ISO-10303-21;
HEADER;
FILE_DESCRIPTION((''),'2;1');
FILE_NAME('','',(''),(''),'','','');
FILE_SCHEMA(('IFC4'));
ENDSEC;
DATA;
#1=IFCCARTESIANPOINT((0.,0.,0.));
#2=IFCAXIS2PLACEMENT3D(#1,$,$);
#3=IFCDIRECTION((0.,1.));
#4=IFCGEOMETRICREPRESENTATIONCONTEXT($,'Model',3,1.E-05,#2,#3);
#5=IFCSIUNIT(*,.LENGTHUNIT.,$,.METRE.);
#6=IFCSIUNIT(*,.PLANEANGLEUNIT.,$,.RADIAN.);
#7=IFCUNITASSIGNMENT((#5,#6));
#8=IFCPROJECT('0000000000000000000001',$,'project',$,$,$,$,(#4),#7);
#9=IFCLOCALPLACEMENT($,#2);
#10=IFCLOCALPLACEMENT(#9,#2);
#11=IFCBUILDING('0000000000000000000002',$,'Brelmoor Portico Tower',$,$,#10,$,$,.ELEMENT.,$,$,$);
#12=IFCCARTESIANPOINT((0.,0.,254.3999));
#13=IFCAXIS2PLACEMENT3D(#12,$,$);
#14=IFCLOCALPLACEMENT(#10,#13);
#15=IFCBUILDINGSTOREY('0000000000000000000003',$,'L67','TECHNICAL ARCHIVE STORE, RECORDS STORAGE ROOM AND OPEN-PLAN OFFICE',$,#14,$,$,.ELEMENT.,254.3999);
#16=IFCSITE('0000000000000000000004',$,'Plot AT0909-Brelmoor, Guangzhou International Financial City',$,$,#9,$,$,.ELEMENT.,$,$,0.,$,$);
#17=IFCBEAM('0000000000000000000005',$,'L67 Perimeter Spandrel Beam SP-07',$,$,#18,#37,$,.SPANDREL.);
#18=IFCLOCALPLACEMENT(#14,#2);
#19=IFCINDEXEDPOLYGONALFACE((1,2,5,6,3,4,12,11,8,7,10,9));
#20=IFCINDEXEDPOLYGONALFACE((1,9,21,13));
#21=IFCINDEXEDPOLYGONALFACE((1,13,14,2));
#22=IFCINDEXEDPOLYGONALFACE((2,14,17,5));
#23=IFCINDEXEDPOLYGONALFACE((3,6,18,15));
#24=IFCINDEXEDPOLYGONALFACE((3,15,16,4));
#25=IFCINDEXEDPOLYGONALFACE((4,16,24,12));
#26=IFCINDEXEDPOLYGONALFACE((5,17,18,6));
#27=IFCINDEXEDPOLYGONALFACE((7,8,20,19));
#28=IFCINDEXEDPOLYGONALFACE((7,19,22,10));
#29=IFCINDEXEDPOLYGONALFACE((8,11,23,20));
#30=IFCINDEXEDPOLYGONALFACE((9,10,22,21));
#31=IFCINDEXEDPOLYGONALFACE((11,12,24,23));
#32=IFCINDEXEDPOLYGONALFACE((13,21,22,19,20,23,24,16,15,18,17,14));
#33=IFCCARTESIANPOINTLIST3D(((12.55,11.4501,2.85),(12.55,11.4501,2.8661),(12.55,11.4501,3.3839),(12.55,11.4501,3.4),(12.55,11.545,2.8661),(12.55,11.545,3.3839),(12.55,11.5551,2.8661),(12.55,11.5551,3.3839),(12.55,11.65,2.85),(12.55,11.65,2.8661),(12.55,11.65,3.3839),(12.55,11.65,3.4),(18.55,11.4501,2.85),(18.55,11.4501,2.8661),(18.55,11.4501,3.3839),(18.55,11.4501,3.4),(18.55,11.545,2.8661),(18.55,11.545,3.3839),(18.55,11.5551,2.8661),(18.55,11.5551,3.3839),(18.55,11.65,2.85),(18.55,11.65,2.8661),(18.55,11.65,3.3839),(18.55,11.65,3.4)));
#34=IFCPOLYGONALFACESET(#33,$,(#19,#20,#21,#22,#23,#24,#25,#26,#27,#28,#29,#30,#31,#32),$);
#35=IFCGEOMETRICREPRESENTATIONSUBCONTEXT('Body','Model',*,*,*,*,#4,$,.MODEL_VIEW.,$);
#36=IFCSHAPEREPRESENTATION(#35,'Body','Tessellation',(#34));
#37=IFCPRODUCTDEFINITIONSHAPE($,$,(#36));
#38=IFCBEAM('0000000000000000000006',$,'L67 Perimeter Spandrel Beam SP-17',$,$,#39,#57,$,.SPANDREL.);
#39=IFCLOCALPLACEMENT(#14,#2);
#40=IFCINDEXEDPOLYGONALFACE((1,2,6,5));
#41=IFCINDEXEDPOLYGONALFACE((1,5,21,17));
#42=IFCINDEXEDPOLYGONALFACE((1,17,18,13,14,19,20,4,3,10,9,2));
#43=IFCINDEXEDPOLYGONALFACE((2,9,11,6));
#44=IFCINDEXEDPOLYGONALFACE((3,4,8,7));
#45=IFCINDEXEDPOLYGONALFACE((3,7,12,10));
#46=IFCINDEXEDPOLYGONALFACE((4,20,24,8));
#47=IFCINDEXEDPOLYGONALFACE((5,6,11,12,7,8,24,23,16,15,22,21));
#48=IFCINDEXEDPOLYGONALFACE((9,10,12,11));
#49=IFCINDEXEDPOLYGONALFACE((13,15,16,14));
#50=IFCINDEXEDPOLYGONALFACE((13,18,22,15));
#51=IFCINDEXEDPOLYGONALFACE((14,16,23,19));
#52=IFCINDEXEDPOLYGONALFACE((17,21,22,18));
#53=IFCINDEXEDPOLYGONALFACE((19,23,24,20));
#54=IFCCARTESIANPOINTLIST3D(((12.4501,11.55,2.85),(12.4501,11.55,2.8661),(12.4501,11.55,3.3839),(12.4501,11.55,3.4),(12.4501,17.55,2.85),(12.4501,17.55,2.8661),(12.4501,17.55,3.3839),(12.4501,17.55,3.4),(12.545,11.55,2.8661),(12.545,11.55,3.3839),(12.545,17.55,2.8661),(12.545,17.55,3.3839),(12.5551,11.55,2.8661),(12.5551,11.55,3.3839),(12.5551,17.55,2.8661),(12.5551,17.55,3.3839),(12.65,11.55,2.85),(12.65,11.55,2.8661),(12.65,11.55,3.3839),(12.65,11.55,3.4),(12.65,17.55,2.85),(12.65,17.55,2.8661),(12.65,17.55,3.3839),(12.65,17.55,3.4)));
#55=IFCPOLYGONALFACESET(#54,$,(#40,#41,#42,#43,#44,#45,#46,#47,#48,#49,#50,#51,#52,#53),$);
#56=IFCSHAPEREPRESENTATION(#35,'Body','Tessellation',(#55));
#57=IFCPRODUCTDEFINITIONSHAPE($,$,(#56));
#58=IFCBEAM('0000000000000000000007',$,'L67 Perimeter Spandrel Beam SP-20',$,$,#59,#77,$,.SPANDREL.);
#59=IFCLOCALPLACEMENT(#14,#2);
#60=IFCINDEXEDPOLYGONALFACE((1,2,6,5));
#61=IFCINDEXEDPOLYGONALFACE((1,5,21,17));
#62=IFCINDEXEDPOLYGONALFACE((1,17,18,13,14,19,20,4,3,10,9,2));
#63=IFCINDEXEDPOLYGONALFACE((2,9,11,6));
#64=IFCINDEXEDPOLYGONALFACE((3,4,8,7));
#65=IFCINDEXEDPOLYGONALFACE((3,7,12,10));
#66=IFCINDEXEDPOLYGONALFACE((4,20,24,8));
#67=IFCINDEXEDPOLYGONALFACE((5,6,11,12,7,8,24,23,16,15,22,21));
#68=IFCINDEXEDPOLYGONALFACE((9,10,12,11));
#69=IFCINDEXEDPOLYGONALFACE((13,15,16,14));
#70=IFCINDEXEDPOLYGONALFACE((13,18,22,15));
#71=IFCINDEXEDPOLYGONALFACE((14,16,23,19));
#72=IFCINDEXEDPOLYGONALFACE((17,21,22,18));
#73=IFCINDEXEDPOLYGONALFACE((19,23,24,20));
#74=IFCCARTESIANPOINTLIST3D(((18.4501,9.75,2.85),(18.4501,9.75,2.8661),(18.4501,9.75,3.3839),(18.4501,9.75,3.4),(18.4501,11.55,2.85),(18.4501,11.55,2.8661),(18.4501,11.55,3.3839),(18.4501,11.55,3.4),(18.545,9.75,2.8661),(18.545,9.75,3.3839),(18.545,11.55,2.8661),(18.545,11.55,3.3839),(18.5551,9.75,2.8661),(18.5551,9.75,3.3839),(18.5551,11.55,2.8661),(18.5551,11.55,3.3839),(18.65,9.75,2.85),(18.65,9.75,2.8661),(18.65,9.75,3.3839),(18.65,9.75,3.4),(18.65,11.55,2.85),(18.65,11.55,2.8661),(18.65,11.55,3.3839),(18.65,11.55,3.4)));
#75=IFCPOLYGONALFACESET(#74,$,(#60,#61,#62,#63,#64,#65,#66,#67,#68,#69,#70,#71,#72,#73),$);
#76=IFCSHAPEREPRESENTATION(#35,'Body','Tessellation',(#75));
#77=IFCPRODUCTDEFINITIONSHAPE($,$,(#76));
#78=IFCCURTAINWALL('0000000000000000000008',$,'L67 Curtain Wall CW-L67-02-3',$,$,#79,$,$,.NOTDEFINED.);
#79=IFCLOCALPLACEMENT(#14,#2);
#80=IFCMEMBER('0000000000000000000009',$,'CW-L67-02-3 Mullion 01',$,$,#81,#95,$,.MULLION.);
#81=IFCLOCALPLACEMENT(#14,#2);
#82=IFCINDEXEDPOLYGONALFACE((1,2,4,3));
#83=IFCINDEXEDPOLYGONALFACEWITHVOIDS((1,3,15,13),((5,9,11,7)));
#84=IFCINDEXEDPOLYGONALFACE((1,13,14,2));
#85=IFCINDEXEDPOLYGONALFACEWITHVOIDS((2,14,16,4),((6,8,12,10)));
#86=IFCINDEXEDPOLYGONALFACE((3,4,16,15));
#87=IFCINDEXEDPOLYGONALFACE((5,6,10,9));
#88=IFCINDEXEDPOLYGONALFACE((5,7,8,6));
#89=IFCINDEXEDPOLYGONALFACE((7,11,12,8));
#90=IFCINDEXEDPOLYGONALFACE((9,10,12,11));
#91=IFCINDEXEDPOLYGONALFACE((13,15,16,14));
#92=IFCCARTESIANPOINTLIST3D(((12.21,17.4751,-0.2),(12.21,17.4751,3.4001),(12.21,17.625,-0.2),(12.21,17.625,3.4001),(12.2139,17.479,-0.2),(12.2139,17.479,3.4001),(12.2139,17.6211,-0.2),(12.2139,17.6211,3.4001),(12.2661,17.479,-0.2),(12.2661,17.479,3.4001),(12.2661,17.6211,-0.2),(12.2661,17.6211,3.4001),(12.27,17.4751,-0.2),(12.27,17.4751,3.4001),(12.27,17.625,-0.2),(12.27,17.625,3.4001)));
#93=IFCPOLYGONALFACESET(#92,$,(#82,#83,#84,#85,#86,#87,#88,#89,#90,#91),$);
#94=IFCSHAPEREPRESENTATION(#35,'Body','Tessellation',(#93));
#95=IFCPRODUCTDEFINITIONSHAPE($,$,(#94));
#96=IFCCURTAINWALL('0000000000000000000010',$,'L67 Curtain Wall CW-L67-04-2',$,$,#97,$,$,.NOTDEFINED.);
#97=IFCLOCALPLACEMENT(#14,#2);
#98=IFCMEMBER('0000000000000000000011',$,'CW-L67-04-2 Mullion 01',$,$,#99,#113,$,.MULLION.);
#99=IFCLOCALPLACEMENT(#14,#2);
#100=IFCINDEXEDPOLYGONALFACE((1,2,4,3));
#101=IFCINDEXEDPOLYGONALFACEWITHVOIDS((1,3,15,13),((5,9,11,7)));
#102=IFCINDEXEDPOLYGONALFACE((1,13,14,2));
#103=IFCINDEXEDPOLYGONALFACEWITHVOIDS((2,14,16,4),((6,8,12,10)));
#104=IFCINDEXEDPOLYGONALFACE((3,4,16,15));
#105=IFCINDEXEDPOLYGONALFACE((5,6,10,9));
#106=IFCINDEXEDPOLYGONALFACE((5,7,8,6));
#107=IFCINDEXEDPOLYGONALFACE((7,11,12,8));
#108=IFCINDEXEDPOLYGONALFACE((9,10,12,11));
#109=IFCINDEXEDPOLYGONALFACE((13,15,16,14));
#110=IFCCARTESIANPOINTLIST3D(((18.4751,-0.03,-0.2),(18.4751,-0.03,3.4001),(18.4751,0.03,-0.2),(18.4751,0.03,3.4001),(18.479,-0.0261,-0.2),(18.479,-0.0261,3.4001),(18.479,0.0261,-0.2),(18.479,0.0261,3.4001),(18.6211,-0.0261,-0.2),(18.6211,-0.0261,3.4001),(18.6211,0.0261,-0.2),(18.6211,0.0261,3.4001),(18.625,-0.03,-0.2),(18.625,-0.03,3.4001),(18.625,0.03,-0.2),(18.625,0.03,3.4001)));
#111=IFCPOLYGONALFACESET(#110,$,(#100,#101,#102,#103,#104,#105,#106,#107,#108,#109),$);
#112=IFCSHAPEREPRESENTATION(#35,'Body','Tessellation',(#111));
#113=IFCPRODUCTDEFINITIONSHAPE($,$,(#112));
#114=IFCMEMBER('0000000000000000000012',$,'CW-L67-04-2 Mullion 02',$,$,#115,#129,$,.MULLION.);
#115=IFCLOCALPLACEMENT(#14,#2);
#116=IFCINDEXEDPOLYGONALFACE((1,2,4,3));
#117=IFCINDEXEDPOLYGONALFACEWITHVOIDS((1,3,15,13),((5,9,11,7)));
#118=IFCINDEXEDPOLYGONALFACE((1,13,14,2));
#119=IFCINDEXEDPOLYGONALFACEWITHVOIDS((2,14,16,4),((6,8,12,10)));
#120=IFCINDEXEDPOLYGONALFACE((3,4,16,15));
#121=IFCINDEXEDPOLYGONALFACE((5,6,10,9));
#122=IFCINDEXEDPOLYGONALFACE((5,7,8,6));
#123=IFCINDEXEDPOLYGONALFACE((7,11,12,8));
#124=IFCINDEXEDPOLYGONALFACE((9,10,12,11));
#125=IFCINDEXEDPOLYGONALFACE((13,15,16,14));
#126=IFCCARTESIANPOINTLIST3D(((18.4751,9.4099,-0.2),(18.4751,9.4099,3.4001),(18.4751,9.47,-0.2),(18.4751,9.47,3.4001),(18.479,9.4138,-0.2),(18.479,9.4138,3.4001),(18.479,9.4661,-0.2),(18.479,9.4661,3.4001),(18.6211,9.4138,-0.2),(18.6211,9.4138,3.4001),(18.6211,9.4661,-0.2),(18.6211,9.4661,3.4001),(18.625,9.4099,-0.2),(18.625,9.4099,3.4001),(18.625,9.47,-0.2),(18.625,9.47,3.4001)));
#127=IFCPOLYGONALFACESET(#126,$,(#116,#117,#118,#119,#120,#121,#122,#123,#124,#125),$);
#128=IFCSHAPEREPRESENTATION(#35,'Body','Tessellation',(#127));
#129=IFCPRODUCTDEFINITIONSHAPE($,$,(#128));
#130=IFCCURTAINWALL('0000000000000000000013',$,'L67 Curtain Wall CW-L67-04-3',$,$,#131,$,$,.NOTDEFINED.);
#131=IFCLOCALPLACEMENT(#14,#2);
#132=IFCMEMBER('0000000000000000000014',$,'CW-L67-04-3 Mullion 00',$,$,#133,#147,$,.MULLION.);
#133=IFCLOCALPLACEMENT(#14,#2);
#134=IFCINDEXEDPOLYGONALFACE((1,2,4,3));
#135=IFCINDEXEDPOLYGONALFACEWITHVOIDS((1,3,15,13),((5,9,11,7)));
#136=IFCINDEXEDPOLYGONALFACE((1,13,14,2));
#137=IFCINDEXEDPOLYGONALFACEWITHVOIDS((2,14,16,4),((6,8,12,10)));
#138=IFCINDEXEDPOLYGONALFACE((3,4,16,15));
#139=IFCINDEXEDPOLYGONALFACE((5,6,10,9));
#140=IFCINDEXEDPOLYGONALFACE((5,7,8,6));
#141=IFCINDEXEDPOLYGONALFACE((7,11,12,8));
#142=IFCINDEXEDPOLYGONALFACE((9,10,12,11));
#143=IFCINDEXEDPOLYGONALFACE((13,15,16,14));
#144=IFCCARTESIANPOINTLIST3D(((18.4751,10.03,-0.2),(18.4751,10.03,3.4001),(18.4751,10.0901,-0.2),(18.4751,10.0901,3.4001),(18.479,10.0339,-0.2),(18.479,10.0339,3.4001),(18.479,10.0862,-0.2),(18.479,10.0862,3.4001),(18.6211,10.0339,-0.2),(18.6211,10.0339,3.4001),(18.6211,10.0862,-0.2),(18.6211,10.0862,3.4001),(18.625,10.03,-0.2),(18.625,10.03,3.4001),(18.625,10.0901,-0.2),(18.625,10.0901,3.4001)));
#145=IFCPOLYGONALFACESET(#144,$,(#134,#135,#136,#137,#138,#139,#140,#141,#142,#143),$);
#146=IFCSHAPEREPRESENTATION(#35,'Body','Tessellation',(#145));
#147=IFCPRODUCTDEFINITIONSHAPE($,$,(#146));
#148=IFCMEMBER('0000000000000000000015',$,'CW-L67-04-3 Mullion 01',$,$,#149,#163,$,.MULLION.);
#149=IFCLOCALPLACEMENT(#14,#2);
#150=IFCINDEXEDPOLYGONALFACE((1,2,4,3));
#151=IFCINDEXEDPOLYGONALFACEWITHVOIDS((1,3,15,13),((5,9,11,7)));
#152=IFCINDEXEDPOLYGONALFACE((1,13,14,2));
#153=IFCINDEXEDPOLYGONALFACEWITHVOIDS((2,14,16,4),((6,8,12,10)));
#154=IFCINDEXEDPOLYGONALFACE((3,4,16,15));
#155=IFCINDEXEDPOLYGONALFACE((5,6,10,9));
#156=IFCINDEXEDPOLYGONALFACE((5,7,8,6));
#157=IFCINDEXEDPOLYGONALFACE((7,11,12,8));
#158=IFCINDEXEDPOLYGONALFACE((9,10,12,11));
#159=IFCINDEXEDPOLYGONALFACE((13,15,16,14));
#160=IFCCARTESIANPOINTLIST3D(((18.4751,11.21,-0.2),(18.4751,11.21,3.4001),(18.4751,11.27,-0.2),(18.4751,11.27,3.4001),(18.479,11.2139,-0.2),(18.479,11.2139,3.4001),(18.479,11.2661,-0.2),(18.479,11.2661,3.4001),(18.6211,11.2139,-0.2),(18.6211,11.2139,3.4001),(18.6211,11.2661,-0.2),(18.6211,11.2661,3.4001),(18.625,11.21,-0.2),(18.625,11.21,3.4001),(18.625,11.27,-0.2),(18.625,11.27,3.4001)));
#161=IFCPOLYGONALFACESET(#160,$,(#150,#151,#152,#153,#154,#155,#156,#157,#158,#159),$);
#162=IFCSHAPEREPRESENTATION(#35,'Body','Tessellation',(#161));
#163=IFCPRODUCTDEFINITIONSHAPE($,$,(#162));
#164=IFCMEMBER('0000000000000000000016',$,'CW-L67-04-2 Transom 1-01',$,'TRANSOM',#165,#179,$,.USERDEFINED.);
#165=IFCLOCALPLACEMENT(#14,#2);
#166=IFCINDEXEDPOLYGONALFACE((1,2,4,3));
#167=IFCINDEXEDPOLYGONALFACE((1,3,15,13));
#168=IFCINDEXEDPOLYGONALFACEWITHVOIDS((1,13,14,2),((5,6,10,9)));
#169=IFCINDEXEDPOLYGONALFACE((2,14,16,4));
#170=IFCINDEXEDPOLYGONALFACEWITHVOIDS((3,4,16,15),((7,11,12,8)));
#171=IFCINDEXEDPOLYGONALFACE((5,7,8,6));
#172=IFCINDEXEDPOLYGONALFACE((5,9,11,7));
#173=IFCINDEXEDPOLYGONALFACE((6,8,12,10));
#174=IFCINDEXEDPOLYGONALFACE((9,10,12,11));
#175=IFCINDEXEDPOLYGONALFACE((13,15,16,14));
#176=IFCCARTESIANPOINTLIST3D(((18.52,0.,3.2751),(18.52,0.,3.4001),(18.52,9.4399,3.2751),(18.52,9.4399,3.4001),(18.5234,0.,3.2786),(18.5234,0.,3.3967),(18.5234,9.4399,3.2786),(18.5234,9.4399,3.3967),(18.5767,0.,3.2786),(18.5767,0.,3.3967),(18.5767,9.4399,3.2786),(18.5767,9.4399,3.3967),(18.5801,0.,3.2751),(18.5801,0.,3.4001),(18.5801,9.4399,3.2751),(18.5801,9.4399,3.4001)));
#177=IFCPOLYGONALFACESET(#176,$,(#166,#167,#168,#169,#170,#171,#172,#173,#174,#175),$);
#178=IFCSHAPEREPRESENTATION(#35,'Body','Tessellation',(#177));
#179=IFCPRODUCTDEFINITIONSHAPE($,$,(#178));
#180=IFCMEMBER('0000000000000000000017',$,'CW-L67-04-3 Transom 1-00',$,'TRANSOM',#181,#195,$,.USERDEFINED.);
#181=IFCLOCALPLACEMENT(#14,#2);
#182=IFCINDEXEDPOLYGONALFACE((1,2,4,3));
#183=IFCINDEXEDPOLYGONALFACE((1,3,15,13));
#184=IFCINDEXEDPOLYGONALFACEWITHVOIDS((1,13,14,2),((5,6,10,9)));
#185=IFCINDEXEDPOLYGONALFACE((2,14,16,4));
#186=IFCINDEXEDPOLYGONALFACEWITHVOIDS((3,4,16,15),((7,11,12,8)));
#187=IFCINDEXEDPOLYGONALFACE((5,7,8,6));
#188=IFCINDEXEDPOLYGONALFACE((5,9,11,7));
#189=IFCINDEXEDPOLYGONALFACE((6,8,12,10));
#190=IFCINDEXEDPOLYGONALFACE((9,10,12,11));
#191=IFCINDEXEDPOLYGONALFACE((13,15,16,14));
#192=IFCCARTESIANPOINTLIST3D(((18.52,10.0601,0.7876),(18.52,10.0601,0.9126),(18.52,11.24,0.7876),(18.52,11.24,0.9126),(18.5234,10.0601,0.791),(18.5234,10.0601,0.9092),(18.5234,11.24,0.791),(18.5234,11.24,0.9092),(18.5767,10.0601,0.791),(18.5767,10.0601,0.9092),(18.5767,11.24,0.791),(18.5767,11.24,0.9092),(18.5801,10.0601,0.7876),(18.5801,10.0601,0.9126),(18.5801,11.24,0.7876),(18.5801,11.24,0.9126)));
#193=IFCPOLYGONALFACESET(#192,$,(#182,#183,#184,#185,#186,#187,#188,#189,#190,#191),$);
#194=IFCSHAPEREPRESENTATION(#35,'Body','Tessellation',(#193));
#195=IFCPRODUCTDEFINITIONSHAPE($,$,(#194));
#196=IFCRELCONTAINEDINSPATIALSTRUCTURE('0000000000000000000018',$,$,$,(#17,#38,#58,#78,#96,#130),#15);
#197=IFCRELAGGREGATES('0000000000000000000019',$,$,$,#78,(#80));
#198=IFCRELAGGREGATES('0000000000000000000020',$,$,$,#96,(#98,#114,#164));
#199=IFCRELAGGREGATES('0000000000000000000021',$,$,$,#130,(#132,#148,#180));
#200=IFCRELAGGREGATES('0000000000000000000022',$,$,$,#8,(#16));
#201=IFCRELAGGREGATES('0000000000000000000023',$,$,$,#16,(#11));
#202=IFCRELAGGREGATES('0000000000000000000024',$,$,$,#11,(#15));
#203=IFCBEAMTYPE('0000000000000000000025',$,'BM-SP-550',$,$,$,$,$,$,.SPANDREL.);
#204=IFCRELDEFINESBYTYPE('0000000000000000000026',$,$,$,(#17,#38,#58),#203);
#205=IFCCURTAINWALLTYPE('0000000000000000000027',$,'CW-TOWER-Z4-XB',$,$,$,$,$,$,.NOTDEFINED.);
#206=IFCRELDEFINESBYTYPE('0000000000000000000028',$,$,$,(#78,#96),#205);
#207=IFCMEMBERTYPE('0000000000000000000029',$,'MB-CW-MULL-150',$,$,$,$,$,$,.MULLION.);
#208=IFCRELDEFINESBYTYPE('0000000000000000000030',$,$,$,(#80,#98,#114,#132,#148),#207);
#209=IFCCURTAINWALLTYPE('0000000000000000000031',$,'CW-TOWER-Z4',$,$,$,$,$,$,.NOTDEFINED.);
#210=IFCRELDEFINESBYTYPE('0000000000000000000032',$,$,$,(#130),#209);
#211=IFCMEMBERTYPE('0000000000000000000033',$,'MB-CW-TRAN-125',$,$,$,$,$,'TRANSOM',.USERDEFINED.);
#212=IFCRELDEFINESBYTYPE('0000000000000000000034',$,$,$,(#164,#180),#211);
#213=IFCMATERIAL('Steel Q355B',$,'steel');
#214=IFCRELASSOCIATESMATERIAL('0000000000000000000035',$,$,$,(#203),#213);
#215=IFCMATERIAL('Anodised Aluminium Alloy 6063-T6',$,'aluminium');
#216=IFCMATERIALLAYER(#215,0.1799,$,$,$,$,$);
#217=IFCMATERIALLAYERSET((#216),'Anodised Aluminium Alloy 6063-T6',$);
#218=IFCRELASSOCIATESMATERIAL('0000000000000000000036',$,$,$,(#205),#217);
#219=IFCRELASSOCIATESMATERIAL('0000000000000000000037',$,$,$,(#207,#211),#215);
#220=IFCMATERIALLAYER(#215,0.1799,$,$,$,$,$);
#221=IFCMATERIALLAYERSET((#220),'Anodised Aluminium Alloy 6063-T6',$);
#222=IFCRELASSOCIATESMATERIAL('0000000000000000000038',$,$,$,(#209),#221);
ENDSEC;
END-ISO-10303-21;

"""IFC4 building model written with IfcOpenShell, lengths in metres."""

from ifc_helpers import new_model, si_unit, direction, frame, origin, origin_2d, place, context, subcontext, project, spatial, hollow_rectangle, i_section, extrude, material, layer, layer_set, material_profile, profile_set, type_object, element, aggregate, save


model = new_model("IFC4")

# Units and contexts
model_context = context("Model", 3, precision=1e-05, world=origin(), true_north=direction((0.0, 1.0)))
body_context = subcontext(model_context, "Body", "Model", "MODEL_VIEW")
ifc_project = project(units=[si_unit("LENGTHUNIT", "METRE"), si_unit("PLANEANGLEUNIT", "RADIAN")], contexts=[model_context])

# Site, building, storey
site_placement = place(None, origin())
site = spatial("IfcSite", under=ifc_project, at=site_placement, Name="Plot AT0909-Brelmoor, Guangzhou International Financial City", CompositionType="ELEMENT", RefElevation=0.0)
building_placement = place(site_placement, origin())
building = spatial("IfcBuilding", under=site, at=building_placement, Name="Brelmoor Portico Tower", CompositionType="ELEMENT")
storey_placement = place(building_placement, frame((0.0, 0.0, 254.3999)))
storey = spatial("IfcBuildingStorey", under=building, at=storey_placement, Name="L67", Description="TECHNICAL ARCHIVE STORE, RECORDS STORAGE ROOM AND OPEN-PLAN OFFICE", CompositionType="ELEMENT", Elevation=254.3999)

# Shared definitions
ifc_material_1 = material(Name="Steel Q355B", Category="steel")

# Beams
ifc_material_profile_1 = material_profile(ifc_material_1, i_section(OverallWidth=0.2, OverallDepth=0.55, WebThickness=0.01, FlangeThickness=0.0161, at=origin_2d()), Name="HN 550x200x10x16")
ifc_profile_set_1 = profile_set([ifc_material_profile_1], Name="Steel Q355B")
beam_type_1 = type_object("IfcBeamType", Name="BM-SP-550", PredefinedType="SPANDREL", material=ifc_profile_set_1)
for number, where, z_axis, x_axis, name in (
    (1, (12.55, 11.55, 3.125), (1.0, 0.0, 0.0), (0.0, 1.0, 0.0), "L67 Perimeter Spandrel Beam SP-07"),
    (2, (12.55, 11.55, 3.125), (0.0, 1.0, 0.0), (-1.0, 0.0, 0.0), "L67 Perimeter Spandrel Beam SP-17"),
):
    element("IfcBeam", number, at=place(storey_placement, frame(where, z_axis=z_axis, x_axis=x_axis)), inside=storey, type_object=beam_type_1, Name=name, PredefinedType="SPANDREL", context=body_context, shape_type="SweptSolid", body=[
        extrude(i_section(OverallWidth=0.2, OverallDepth=0.55, WebThickness=0.01, FlangeThickness=0.0161, at=origin_2d()), origin(), (0.0, 0.0, 1.0), 6.0),
    ])
beam_1_placement = place(storey_placement, frame((18.55, 9.75, 3.125), z_axis=(0.0, 1.0, 0.0), x_axis=(-1.0, 0.0, 0.0)))
element("IfcBeam", 3, at=beam_1_placement, inside=storey, type_object=beam_type_1, Name="L67 Perimeter Spandrel Beam SP-20", PredefinedType="SPANDREL", context=body_context, shape_type="SweptSolid", body=[
    extrude(i_section(OverallWidth=0.2, OverallDepth=0.55, WebThickness=0.01, FlangeThickness=0.0161, at=origin_2d()), origin(), (0.0, 0.0, 1.0), 1.8),
])

# Curtain wall, member
ifc_material_2 = material(Name="Anodised Aluminium Alloy 6063-T6", Category="aluminium")
ifc_layer_1 = layer(ifc_material_2, 0.1799)
ifc_layer_set_1 = layer_set([ifc_layer_1], Name="Anodised Aluminium Alloy 6063-T6")
curtain_wall_type_1 = type_object("IfcCurtainWallType", Name="CW-TOWER-Z4-XB", PredefinedType="NOTDEFINED", material=ifc_layer_set_1)
curtain_wall_1_placement = place(storey_placement, origin())
curtain_wall_1 = element("IfcCurtainWall", 4, at=curtain_wall_1_placement, inside=storey, type_object=curtain_wall_type_1, Name="L67 Curtain Wall CW-L67-02-3", PredefinedType="NOTDEFINED")
ifc_material_profile_2 = material_profile(ifc_material_2, hollow_rectangle(XDim=0.0601, YDim=0.1499, WallThickness=0.0039, at=origin_2d()), Name="ALU MULLION 60x150")
ifc_profile_set_2 = profile_set([ifc_material_profile_2], Name="Anodised Aluminium Alloy 6063-T6")
member_type_1 = type_object("IfcMemberType", Name="MB-CW-MULL-150", PredefinedType="MULLION", material=ifc_profile_set_2)
member_1_placement = place(storey_placement, frame((12.24, 17.55, -0.2), z_axis=(0.0, 0.0, 1.0), x_axis=(1.0, 0.0, 0.0)))
member_1 = element("IfcMember", 5, at=member_1_placement, type_object=member_type_1, Name="CW-L67-02-3 Mullion 01", PredefinedType="MULLION", context=body_context, shape_type="SweptSolid", body=[
    extrude(hollow_rectangle(XDim=0.0601, YDim=0.1499, WallThickness=0.0039, at=origin_2d()), origin(), (0.0, 0.0, 1.0), 3.6001),
])
aggregate(curtain_wall_1, [member_1])

# Curtain walls, members
curtain_wall_2_placement = place(storey_placement, origin())
curtain_wall_2 = element("IfcCurtainWall", 6, at=curtain_wall_2_placement, inside=storey, type_object=curtain_wall_type_1, Name="L67 Curtain Wall CW-L67-04-2", PredefinedType="NOTDEFINED")
member_2_placement = place(storey_placement, frame((18.55, 0.0, -0.2), z_axis=(0.0, 0.0, 1.0), x_axis=(0.0, 1.0, 0.0)))
member_2 = element("IfcMember", 7, at=member_2_placement, type_object=member_type_1, Name="CW-L67-04-2 Mullion 01", PredefinedType="MULLION", context=body_context, shape_type="SweptSolid", body=[
    extrude(hollow_rectangle(XDim=0.0601, YDim=0.1499, WallThickness=0.0039, at=origin_2d()), origin(), (0.0, 0.0, 1.0), 3.6001),
])
member_3_placement = place(storey_placement, frame((18.55, 9.4399, -0.2), z_axis=(0.0, 0.0, 1.0), x_axis=(0.0, 1.0, 0.0)))
member_3 = element("IfcMember", 8, at=member_3_placement, type_object=member_type_1, Name="CW-L67-04-2 Mullion 02", PredefinedType="MULLION", context=body_context, shape_type="SweptSolid", body=[
    extrude(hollow_rectangle(XDim=0.0601, YDim=0.1499, WallThickness=0.0039, at=origin_2d()), origin(), (0.0, 0.0, 1.0), 3.6001),
])
ifc_layer_2 = layer(ifc_material_2, 0.1799)
ifc_layer_set_2 = layer_set([ifc_layer_2], Name="Anodised Aluminium Alloy 6063-T6")
curtain_wall_type_2 = type_object("IfcCurtainWallType", Name="CW-TOWER-Z4", PredefinedType="NOTDEFINED", material=ifc_layer_set_2)
curtain_wall_3_placement = place(storey_placement, origin())
curtain_wall_3 = element("IfcCurtainWall", 9, at=curtain_wall_3_placement, inside=storey, type_object=curtain_wall_type_2, Name="L67 Curtain Wall CW-L67-04-3", PredefinedType="NOTDEFINED")
member_4_placement = place(storey_placement, frame((18.55, 10.0601, -0.2), z_axis=(0.0, 0.0, 1.0), x_axis=(0.0, 1.0, 0.0)))
member_4 = element("IfcMember", 10, at=member_4_placement, type_object=member_type_1, Name="CW-L67-04-3 Mullion 00", PredefinedType="MULLION", context=body_context, shape_type="SweptSolid", body=[
    extrude(hollow_rectangle(XDim=0.0601, YDim=0.1499, WallThickness=0.0039, at=origin_2d()), origin(), (0.0, 0.0, 1.0), 3.6001),
])
member_5_placement = place(storey_placement, frame((18.55, 11.24, -0.2), z_axis=(0.0, 0.0, 1.0), x_axis=(0.0, 1.0, 0.0)))
member_5 = element("IfcMember", 11, at=member_5_placement, type_object=member_type_1, Name="CW-L67-04-3 Mullion 01", PredefinedType="MULLION", context=body_context, shape_type="SweptSolid", body=[
    extrude(hollow_rectangle(XDim=0.0601, YDim=0.1499, WallThickness=0.0039, at=origin_2d()), origin(), (0.0, 0.0, 1.0), 3.6001),
])

# Members
ifc_material_profile_3 = material_profile(ifc_material_2, hollow_rectangle(XDim=0.0601, YDim=0.125, WallThickness=0.0034, at=origin_2d()), Name="ALU TRANSOM 60x125")
ifc_profile_set_3 = profile_set([ifc_material_profile_3], Name="Anodised Aluminium Alloy 6063-T6")
member_type_2 = type_object("IfcMemberType", Name="MB-CW-TRAN-125", ElementType="TRANSOM", PredefinedType="USERDEFINED", material=ifc_profile_set_3)
member_6_placement = place(storey_placement, frame((18.55, 0.0, 3.3376), z_axis=(0.0, 1.0, 0.0), x_axis=(-1.0, 0.0, 0.0)))
member_6 = element("IfcMember", 12, at=member_6_placement, type_object=member_type_2, Name="CW-L67-04-2 Transom 1-01", ObjectType="TRANSOM", PredefinedType="USERDEFINED", context=body_context, shape_type="SweptSolid", body=[
    extrude(hollow_rectangle(XDim=0.0601, YDim=0.125, WallThickness=0.0034, at=origin_2d()), origin(), (0.0, 0.0, 1.0), 9.4399),
])
member_7_placement = place(storey_placement, frame((18.55, 10.0601, 0.8501), z_axis=(0.0, 1.0, 0.0), x_axis=(-1.0, 0.0, 0.0)))
member_7 = element("IfcMember", 13, at=member_7_placement, type_object=member_type_2, Name="CW-L67-04-3 Transom 1-00", ObjectType="TRANSOM", PredefinedType="USERDEFINED", context=body_context, shape_type="SweptSolid", body=[
    extrude(hollow_rectangle(XDim=0.0601, YDim=0.125, WallThickness=0.0034, at=origin_2d()), origin(), (0.0, 0.0, 1.0), 1.1799),
])

aggregate(curtain_wall_2, [member_2, member_3, member_6])
aggregate(curtain_wall_3, [member_4, member_5, member_7])

save(model, "model.ifc")
